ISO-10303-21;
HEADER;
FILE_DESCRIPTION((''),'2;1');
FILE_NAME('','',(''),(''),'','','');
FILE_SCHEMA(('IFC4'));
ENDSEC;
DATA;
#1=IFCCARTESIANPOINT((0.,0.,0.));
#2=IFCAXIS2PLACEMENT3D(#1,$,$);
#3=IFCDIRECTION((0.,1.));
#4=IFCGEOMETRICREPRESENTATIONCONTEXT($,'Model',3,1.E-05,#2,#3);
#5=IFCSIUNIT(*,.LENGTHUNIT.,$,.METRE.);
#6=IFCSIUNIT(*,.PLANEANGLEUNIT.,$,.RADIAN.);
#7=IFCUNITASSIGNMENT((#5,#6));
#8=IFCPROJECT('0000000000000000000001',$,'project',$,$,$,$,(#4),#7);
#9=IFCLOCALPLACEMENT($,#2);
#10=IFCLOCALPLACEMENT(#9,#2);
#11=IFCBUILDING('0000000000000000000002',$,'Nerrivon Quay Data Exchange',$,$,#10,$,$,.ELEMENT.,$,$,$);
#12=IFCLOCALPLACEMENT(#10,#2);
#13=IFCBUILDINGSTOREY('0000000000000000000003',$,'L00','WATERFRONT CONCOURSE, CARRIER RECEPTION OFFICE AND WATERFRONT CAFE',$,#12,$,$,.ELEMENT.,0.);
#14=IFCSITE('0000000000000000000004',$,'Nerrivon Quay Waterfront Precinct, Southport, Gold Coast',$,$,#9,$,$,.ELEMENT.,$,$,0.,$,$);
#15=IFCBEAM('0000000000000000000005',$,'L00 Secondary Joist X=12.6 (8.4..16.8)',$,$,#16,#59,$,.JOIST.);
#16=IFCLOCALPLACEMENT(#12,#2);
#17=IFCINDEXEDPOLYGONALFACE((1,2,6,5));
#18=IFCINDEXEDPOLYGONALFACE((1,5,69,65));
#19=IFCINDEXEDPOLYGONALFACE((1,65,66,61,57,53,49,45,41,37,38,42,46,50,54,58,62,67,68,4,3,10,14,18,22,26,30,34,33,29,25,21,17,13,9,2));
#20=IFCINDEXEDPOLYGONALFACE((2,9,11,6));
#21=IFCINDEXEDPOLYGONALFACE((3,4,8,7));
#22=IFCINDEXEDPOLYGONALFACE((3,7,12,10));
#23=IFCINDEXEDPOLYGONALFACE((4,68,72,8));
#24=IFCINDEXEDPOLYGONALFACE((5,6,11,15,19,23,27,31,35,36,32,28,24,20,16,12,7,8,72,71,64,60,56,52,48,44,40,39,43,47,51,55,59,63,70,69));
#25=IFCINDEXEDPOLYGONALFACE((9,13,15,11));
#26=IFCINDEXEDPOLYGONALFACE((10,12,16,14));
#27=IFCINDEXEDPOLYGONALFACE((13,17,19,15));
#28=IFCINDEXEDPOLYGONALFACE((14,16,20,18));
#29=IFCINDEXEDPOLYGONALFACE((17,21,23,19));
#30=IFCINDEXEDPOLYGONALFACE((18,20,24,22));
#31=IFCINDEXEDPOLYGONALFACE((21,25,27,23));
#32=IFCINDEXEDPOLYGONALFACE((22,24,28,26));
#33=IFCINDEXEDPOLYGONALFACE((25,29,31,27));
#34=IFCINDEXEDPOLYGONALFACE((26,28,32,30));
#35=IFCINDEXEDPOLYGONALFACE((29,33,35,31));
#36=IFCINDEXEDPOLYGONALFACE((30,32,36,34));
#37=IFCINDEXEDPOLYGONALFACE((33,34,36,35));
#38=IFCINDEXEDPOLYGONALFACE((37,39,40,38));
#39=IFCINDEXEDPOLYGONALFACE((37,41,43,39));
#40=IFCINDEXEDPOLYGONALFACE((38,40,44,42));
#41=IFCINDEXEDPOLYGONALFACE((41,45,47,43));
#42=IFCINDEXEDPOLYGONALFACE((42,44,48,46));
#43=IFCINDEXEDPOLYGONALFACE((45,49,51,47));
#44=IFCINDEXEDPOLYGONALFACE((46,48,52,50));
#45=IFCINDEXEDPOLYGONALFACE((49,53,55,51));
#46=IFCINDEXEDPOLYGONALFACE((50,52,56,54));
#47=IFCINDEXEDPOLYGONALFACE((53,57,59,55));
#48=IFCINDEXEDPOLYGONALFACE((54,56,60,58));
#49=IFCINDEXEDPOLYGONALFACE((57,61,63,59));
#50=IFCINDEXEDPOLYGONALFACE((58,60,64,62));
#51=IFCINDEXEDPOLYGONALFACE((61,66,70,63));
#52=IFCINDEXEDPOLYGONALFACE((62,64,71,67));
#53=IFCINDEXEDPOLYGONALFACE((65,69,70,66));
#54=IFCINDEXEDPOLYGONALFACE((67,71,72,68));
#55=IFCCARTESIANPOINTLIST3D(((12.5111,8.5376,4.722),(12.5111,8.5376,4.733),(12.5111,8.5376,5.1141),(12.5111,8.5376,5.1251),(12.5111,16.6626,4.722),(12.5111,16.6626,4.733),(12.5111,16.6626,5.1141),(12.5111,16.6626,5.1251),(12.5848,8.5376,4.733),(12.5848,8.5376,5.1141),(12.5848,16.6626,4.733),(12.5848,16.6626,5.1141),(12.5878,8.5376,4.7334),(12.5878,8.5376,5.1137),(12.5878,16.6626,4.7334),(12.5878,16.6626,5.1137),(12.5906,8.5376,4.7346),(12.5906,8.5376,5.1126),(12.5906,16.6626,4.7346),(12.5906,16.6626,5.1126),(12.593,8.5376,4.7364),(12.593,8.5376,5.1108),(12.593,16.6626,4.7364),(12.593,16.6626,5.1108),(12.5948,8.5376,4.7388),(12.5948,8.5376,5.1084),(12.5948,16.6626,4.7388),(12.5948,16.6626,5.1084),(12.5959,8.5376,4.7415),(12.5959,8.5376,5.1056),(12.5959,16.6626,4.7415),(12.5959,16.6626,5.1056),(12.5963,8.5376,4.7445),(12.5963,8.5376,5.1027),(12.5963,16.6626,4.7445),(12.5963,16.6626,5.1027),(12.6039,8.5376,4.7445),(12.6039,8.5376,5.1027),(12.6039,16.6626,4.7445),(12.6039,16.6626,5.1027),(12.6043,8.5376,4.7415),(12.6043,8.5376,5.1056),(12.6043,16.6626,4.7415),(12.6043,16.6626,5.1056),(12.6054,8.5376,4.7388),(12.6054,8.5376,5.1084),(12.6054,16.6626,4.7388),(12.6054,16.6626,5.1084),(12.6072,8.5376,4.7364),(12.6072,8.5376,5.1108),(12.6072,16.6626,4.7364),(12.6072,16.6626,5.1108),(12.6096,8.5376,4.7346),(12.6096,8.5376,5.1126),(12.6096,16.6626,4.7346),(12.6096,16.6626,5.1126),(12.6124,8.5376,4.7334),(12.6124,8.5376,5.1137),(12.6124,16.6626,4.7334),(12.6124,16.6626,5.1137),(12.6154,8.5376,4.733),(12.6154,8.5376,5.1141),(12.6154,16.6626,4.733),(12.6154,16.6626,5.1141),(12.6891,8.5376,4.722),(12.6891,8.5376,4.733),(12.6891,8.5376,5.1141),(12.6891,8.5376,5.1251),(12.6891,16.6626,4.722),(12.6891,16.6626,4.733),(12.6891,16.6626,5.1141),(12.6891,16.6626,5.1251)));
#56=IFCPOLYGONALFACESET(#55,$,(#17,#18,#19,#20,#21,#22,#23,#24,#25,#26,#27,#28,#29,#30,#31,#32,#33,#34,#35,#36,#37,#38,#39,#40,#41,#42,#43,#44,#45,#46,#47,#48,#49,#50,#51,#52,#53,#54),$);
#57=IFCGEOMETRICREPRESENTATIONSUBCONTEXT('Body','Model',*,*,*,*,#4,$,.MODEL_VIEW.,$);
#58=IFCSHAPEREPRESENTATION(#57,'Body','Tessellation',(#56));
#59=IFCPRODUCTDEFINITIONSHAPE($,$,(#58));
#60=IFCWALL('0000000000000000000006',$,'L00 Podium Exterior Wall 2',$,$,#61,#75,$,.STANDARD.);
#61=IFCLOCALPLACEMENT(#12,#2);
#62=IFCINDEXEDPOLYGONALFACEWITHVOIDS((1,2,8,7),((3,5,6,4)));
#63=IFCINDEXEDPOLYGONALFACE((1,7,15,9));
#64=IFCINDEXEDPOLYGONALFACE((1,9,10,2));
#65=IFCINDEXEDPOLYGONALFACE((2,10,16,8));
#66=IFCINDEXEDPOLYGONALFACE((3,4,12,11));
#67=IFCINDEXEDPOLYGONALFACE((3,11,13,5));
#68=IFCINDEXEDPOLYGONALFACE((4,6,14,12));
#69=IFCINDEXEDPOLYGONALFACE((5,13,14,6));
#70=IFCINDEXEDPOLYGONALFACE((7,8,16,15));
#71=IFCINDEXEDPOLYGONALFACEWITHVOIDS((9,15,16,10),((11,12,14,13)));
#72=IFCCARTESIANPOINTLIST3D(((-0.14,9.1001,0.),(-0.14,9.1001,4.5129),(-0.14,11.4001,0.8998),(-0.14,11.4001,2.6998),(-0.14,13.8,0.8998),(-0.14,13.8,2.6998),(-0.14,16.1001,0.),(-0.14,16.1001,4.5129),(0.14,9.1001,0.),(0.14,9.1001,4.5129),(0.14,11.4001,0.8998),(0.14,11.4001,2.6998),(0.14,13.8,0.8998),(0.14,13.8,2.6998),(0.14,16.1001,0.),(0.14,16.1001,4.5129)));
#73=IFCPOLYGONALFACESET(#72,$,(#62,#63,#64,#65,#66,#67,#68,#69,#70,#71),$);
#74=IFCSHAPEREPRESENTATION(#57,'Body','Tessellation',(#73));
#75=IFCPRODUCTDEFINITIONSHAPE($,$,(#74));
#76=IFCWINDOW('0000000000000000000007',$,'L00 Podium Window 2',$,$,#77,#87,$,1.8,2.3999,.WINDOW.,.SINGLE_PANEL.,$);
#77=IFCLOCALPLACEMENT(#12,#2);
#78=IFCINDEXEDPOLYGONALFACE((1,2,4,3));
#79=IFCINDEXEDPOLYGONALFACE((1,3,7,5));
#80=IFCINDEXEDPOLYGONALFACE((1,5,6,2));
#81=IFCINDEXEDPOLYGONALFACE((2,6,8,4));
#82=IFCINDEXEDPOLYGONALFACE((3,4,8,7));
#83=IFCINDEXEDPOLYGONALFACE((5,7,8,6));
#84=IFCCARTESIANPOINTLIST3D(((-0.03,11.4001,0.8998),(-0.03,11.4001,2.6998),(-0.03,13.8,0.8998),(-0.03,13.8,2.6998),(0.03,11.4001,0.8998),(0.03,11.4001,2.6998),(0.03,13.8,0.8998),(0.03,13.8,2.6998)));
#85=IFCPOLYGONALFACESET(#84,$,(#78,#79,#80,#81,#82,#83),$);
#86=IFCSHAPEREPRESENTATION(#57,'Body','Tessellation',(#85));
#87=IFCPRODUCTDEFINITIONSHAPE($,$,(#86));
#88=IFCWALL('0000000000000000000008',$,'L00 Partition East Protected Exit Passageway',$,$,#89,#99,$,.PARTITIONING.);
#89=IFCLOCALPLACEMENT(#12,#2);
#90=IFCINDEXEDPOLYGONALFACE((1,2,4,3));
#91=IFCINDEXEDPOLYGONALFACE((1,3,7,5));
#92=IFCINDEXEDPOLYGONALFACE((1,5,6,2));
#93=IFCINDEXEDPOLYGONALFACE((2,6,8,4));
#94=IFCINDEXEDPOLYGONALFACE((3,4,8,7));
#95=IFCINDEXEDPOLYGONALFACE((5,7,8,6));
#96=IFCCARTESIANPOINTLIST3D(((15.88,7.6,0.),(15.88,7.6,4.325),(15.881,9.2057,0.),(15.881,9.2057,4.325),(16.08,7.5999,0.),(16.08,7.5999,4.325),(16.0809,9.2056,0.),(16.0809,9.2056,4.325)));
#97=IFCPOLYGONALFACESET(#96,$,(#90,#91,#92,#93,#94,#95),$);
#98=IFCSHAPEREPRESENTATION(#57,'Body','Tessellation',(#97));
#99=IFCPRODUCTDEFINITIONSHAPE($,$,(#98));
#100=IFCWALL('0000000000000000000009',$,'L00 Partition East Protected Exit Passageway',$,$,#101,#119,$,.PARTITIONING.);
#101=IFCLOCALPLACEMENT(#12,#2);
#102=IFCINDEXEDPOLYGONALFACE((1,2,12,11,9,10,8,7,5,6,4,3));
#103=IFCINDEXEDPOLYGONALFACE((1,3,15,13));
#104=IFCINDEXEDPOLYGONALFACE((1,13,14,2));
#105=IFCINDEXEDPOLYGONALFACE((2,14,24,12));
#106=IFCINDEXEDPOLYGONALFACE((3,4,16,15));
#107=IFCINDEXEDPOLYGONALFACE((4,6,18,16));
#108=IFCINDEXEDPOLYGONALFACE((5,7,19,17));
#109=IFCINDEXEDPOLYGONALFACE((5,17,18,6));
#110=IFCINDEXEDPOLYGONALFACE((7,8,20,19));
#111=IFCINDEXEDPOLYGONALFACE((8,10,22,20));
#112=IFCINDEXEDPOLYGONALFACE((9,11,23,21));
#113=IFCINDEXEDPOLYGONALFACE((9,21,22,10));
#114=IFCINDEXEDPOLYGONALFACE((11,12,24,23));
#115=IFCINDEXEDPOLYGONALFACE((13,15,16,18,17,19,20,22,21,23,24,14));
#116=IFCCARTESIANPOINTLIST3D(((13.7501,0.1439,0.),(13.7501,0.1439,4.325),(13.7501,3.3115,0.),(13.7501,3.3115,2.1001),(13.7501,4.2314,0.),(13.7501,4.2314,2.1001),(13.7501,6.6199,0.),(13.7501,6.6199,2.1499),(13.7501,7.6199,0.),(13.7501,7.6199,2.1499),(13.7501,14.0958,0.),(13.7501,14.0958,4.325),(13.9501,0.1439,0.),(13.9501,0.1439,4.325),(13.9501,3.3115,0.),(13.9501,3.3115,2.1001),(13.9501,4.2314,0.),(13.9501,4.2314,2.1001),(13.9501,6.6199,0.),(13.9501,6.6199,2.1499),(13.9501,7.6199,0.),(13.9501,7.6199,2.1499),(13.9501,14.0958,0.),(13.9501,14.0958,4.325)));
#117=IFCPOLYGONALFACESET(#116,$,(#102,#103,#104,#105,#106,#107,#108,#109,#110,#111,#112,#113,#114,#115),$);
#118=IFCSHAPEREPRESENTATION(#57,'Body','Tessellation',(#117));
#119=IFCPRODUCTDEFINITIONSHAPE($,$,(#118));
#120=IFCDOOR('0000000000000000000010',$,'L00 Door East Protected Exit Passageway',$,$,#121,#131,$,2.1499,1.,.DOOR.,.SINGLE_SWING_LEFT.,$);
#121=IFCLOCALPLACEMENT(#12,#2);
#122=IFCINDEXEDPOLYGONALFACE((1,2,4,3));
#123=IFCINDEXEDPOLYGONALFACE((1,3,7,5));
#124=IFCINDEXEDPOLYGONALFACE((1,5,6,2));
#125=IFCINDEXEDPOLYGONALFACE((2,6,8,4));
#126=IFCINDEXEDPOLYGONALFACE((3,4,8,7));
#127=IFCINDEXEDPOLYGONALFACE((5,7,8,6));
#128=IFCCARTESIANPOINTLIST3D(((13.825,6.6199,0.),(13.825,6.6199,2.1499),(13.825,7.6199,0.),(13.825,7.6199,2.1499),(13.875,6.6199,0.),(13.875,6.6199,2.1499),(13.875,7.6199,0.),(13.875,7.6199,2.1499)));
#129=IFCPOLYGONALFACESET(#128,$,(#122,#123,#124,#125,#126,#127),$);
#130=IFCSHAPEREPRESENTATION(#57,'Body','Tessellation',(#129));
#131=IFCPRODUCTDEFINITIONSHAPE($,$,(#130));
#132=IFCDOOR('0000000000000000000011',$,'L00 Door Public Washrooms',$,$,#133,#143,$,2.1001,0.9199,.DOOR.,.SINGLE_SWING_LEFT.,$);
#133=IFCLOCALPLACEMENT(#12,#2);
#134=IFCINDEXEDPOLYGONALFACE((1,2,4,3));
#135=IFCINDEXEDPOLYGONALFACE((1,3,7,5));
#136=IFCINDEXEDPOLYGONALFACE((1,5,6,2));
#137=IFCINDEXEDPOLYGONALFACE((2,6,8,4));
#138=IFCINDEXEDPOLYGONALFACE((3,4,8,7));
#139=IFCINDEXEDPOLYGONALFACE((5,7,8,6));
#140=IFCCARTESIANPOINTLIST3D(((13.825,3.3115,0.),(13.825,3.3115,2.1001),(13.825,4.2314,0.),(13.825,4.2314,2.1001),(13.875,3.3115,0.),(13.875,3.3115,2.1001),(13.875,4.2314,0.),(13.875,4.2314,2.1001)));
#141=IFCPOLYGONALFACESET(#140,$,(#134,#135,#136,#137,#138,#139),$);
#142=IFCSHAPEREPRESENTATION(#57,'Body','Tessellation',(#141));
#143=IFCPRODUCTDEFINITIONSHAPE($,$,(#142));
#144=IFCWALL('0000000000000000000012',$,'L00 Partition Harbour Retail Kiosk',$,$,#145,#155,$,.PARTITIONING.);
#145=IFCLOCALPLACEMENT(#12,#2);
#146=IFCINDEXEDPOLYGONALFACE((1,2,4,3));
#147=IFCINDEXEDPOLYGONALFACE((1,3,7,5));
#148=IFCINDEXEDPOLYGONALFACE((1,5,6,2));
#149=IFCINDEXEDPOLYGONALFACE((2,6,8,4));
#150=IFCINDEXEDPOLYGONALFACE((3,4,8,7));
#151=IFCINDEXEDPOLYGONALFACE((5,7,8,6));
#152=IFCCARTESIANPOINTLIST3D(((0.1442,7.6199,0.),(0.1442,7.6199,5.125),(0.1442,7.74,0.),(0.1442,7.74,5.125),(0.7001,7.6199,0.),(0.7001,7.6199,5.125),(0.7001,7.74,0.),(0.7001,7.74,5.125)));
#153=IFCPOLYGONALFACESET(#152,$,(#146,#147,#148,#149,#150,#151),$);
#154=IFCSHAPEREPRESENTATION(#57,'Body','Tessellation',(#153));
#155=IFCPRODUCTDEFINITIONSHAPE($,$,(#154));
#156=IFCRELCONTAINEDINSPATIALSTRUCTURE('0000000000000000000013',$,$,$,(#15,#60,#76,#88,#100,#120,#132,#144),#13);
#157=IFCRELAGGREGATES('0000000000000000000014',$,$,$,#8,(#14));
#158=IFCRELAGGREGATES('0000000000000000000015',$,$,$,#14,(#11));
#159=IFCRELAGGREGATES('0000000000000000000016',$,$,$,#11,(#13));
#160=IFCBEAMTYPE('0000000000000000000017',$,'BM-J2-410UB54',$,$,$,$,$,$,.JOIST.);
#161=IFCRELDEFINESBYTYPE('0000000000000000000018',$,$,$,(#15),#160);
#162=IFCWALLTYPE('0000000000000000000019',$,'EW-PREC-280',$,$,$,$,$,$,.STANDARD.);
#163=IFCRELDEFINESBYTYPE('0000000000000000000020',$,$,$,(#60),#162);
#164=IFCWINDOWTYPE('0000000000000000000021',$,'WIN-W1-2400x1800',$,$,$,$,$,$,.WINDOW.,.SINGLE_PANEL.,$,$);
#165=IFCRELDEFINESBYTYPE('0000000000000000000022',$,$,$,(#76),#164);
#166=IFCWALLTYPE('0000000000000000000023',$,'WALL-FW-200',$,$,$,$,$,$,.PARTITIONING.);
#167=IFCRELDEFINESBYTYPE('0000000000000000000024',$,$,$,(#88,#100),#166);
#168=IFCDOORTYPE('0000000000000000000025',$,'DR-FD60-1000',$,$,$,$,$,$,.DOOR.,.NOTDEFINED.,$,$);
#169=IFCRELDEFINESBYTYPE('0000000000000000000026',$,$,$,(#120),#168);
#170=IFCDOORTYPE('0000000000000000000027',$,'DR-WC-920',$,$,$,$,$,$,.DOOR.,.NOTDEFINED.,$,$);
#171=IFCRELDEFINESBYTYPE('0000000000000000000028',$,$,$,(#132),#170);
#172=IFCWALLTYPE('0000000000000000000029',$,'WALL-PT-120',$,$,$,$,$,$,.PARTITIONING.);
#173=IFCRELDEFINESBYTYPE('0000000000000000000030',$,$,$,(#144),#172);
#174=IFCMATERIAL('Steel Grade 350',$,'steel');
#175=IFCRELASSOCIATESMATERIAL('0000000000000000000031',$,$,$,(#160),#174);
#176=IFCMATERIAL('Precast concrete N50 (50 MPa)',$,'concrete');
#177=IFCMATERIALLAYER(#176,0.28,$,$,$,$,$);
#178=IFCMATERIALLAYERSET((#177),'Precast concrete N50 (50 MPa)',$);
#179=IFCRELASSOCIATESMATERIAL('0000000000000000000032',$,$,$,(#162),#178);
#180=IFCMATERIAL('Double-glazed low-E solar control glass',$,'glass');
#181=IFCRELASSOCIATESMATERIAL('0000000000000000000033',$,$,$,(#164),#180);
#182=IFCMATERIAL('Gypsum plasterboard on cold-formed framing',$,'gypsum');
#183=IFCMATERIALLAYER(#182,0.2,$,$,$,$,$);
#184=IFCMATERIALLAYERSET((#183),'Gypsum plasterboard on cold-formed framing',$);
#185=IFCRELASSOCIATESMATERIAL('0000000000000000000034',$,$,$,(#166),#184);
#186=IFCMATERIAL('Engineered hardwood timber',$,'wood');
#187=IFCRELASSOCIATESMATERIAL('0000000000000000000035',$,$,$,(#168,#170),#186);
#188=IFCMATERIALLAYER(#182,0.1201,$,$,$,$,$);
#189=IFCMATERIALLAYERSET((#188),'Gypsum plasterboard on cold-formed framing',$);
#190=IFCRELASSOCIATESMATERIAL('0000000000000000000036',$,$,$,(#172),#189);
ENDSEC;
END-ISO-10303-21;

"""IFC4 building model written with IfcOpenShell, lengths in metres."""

from ifc_helpers import new_model, si_unit, direction, frame, frame_2d, origin, origin_2d, place, context, subcontext, project, spatial, rectangle, i_section, extrude, material, layer, layer_set, material_profile, profile_set, type_object, element, fill, save


model = new_model("IFC4")

# Units and contexts
model_context = context("Model", 3, precision=1e-05, world=origin(), true_north=direction((0.0, 1.0)))
body_context = subcontext(model_context, "Body", "Model", "MODEL_VIEW")
ifc_project = project(units=[si_unit("LENGTHUNIT", "METRE"), si_unit("PLANEANGLEUNIT", "RADIAN")], contexts=[model_context])

# Site, building, storey
site_placement = place(None, origin())
site = spatial("IfcSite", under=ifc_project, at=site_placement, Name="Nerrivon Quay Waterfront Precinct, Southport, Gold Coast", CompositionType="ELEMENT", RefElevation=0.0)
building_placement = place(site_placement, origin())
building = spatial("IfcBuilding", under=site, at=building_placement, Name="Nerrivon Quay Data Exchange", CompositionType="ELEMENT")
storey_placement = place(building_placement, origin())
storey = spatial("IfcBuildingStorey", under=building, at=storey_placement, Name="L00", Description="WATERFRONT CONCOURSE, CARRIER RECEPTION OFFICE AND WATERFRONT CAFE", CompositionType="ELEMENT", Elevation=0.0)

# Beam
ifc_material_1 = material(Name="Steel Grade 350", Category="steel")
ifc_material_profile_1 = material_profile(ifc_material_1, i_section(OverallWidth=0.178, OverallDepth=0.4031, WebThickness=0.0076, FlangeThickness=0.011, FilletRadius=0.0115, at=origin_2d()), Name="410UB53.7")
ifc_profile_set_1 = profile_set([ifc_material_profile_1], Name="Steel Grade 350")
beam_type_1 = type_object("IfcBeamType", Name="BM-J2-410UB54", PredefinedType="JOIST", material=ifc_profile_set_1)
for number, where, z_axis, x_axis, name in (
    (1, (12.6001, 8.5376, 4.9236), (0.0, 1.0, 0.0), (-1.0, 0.0, 0.0), "L00 Secondary Joist X=12.6 (8.4..16.8)"),
):
    element("IfcBeam", number, at=place(storey_placement, frame(where, z_axis=z_axis, x_axis=x_axis)), inside=storey, type_object=beam_type_1, Name=name, PredefinedType="JOIST", context=body_context, shape_type="SweptSolid", body=[
        extrude(i_section(OverallWidth=0.178, OverallDepth=0.4031, WebThickness=0.0076, FlangeThickness=0.011, FilletRadius=0.0115, at=origin_2d()), origin(), (0.0, 0.0, 1.0), 8.125),
    ])

# Wall, opening, window
ifc_material_2 = material(Name="Precast concrete N50 (50 MPa)", Category="concrete")
ifc_layer_1 = layer(ifc_material_2, 0.28)
ifc_layer_set_1 = layer_set([ifc_layer_1], Name="Precast concrete N50 (50 MPa)")
wall_type_1 = type_object("IfcWallType", Name="EW-PREC-280", PredefinedType="STANDARD", material=ifc_layer_set_1)
wall_1_placement = place(storey_placement, frame((0.0, 9.1001, 0.0), z_axis=(0.0, 0.0, 1.0), x_axis=(0.0, 1.0, 0.0)))
wall_1 = element("IfcWall", 2, at=wall_1_placement, inside=storey, type_object=wall_type_1, Name="L00 Podium Exterior Wall 2", PredefinedType="STANDARD", context=body_context, shape_type="SweptSolid", body=[
    extrude(rectangle(XDim=7.0, YDim=0.28, at=frame_2d((3.5, 0.0))), origin(), (0.0, 0.0, 1.0), 4.5129),
])
opening_1_placement = place(wall_1_placement, frame((2.3, 0.0, 0.8999)))
opening_1 = element("IfcOpeningElement", 3, at=opening_1_placement, cuts=wall_1, PredefinedType="OPENING", context=body_context, shape_type="SweptSolid", body=[
    extrude(rectangle(XDim=2.3999, YDim=1.8, at=frame_2d((1.2, 0.8999))), frame((0.0, 0.1499, 0.0), z_axis=(0.0, -1.0, 0.0), x_axis=(1.0, 0.0, 0.0)), (0.0, 0.0, 1.0), 0.3),
])
ifc_material_3 = material(Name="Double-glazed low-E solar control glass", Category="glass")
window_type = type_object("IfcWindowType", Name="WIN-W1-2400x1800", PartitioningType="SINGLE_PANEL", PredefinedType="WINDOW", material=ifc_material_3)
window_placement = place(opening_1_placement, origin())
window = element("IfcWindow", 4, at=window_placement, inside=storey, type_object=window_type, Name="L00 Podium Window 2", OverallHeight=1.8, OverallWidth=2.3999, PartitioningType="SINGLE_PANEL", PredefinedType="WINDOW", context=body_context, shape_type="SweptSolid", body=[
    extrude(rectangle(XDim=2.3999, YDim=1.8, at=frame_2d((1.2, 0.8999))), frame((0.0, 0.03, 0.0), z_axis=(0.0, -1.0, 0.0), x_axis=(1.0, 0.0, 0.0)), (0.0, 0.0, 1.0), 0.0601),
])
fill(opening_1, window)

# Wall
ifc_material_4 = material(Name="Gypsum plasterboard on cold-formed framing", Category="gypsum")
ifc_layer_2 = layer(ifc_material_4, 0.2)
ifc_layer_set_2 = layer_set([ifc_layer_2], Name="Gypsum plasterboard on cold-formed framing")
wall_type_2 = type_object("IfcWallType", Name="WALL-FW-200", PredefinedType="PARTITIONING", material=ifc_layer_set_2)
wall_2_placement = place(storey_placement, frame((15.98, 7.6001, 0.0), z_axis=(0.0, 0.0, 1.0), x_axis=(0.000608, 1.0, 0.0)))
element("IfcWall", 5, at=wall_2_placement, inside=storey, type_object=wall_type_2, Name="L00 Partition East Protected Exit Passageway", PredefinedType="PARTITIONING", context=body_context, shape_type="SweptSolid", body=[
    extrude(rectangle(XDim=1.6057, YDim=0.2, at=frame_2d((0.8027, 0.0))), origin(), (0.0, 0.0, 1.0), 4.325),
])

# Wall, openings, doors
wall_3_placement = place(storey_placement, frame((13.8501, 14.0959, 0.0), z_axis=(0.0, 0.0, 1.0), x_axis=(0.0, -1.0, 0.0)))
wall_3 = element("IfcWall", 6, at=wall_3_placement, inside=storey, type_object=wall_type_2, Name="L00 Partition East Protected Exit Passageway", PredefinedType="PARTITIONING", context=body_context, shape_type="SweptSolid", body=[
    extrude(rectangle(XDim=13.9519, YDim=0.2, at=frame_2d((6.9761, 0.0))), origin(), (0.0, 0.0, 1.0), 4.325),
])
opening_2_placement = place(wall_3_placement, frame((6.4761, 0.0, 0.0)))
opening_2 = element("IfcOpeningElement", 7, at=opening_2_placement, cuts=wall_3, PredefinedType="OPENING", context=body_context, shape_type="SweptSolid", body=[
    extrude(rectangle(XDim=1.0, YDim=2.1499, at=frame_2d((0.5, 1.075))), frame((0.0, 0.1099, 0.0), z_axis=(0.0, -1.0, 0.0), x_axis=(1.0, 0.0, 0.0)), (0.0, 0.0, 1.0), 0.22),
])
opening_3_placement = place(wall_3_placement, frame((9.8645, 0.0, 0.0)))
opening_3 = element("IfcOpeningElement", 8, at=opening_3_placement, cuts=wall_3, PredefinedType="OPENING", context=body_context, shape_type="SweptSolid", body=[
    extrude(rectangle(XDim=0.9199, YDim=2.1001, at=frame_2d((0.46, 1.05))), frame((0.0, 0.1099, 0.0), z_axis=(0.0, -1.0, 0.0), x_axis=(1.0, 0.0, 0.0)), (0.0, 0.0, 1.0), 0.22),
])
ifc_material_5 = material(Name="Engineered hardwood timber", Category="wood")
door_type_1 = type_object("IfcDoorType", Name="DR-FD60-1000", OperationType="NOTDEFINED", PredefinedType="DOOR", material=ifc_material_5)
door_1_placement = place(opening_2_placement, origin())
door_1 = element("IfcDoor", 9, at=door_1_placement, inside=storey, type_object=door_type_1, Name="L00 Door East Protected Exit Passageway", OperationType="SINGLE_SWING_LEFT", OverallHeight=2.1499, OverallWidth=1.0, PredefinedType="DOOR", context=body_context, shape_type="SweptSolid", body=[
    extrude(rectangle(XDim=1.0, YDim=2.1499, at=frame_2d((0.5, 1.075))), frame((0.0, 0.0249, 0.0), z_axis=(0.0, -1.0, 0.0), x_axis=(1.0, 0.0, 0.0)), (0.0, 0.0, 1.0), 0.05),
])
fill(opening_2, door_1)
door_type_2 = type_object("IfcDoorType", Name="DR-WC-920", OperationType="NOTDEFINED", PredefinedType="DOOR", material=ifc_material_5)
door_2_placement = place(opening_3_placement, origin())
door_2 = element("IfcDoor", 10, at=door_2_placement, inside=storey, type_object=door_type_2, Name="L00 Door Public Washrooms", OperationType="SINGLE_SWING_LEFT", OverallHeight=2.1001, OverallWidth=0.9199, PredefinedType="DOOR", context=body_context, shape_type="SweptSolid", body=[
    extrude(rectangle(XDim=0.9199, YDim=2.1001, at=frame_2d((0.46, 1.05))), frame((0.0, 0.0249, 0.0), z_axis=(0.0, -1.0, 0.0), x_axis=(1.0, 0.0, 0.0)), (0.0, 0.0, 1.0), 0.05),
])
fill(opening_3, door_2)

# Wall
ifc_layer_3 = layer(ifc_material_4, 0.1201)
ifc_layer_set_3 = layer_set([ifc_layer_3], Name="Gypsum plasterboard on cold-formed framing")
wall_type_3 = type_object("IfcWallType", Name="WALL-PT-120", PredefinedType="PARTITIONING", material=ifc_layer_set_3)
wall_4_placement = place(storey_placement, frame((0.7, 7.6799, 0.0), z_axis=(0.0, 0.0, 1.0), x_axis=(-1.0, 0.0, 0.0)))
element("IfcWall", 11, at=wall_4_placement, inside=storey, type_object=wall_type_3, Name="L00 Partition Harbour Retail Kiosk", PredefinedType="PARTITIONING", context=body_context, shape_type="SweptSolid", body=[
    extrude(rectangle(XDim=0.5559, YDim=0.1201, at=frame_2d((0.2778, 0.0))), origin(), (0.0, 0.0, 1.0), 5.125),
])

save(model, "model.ifc")
